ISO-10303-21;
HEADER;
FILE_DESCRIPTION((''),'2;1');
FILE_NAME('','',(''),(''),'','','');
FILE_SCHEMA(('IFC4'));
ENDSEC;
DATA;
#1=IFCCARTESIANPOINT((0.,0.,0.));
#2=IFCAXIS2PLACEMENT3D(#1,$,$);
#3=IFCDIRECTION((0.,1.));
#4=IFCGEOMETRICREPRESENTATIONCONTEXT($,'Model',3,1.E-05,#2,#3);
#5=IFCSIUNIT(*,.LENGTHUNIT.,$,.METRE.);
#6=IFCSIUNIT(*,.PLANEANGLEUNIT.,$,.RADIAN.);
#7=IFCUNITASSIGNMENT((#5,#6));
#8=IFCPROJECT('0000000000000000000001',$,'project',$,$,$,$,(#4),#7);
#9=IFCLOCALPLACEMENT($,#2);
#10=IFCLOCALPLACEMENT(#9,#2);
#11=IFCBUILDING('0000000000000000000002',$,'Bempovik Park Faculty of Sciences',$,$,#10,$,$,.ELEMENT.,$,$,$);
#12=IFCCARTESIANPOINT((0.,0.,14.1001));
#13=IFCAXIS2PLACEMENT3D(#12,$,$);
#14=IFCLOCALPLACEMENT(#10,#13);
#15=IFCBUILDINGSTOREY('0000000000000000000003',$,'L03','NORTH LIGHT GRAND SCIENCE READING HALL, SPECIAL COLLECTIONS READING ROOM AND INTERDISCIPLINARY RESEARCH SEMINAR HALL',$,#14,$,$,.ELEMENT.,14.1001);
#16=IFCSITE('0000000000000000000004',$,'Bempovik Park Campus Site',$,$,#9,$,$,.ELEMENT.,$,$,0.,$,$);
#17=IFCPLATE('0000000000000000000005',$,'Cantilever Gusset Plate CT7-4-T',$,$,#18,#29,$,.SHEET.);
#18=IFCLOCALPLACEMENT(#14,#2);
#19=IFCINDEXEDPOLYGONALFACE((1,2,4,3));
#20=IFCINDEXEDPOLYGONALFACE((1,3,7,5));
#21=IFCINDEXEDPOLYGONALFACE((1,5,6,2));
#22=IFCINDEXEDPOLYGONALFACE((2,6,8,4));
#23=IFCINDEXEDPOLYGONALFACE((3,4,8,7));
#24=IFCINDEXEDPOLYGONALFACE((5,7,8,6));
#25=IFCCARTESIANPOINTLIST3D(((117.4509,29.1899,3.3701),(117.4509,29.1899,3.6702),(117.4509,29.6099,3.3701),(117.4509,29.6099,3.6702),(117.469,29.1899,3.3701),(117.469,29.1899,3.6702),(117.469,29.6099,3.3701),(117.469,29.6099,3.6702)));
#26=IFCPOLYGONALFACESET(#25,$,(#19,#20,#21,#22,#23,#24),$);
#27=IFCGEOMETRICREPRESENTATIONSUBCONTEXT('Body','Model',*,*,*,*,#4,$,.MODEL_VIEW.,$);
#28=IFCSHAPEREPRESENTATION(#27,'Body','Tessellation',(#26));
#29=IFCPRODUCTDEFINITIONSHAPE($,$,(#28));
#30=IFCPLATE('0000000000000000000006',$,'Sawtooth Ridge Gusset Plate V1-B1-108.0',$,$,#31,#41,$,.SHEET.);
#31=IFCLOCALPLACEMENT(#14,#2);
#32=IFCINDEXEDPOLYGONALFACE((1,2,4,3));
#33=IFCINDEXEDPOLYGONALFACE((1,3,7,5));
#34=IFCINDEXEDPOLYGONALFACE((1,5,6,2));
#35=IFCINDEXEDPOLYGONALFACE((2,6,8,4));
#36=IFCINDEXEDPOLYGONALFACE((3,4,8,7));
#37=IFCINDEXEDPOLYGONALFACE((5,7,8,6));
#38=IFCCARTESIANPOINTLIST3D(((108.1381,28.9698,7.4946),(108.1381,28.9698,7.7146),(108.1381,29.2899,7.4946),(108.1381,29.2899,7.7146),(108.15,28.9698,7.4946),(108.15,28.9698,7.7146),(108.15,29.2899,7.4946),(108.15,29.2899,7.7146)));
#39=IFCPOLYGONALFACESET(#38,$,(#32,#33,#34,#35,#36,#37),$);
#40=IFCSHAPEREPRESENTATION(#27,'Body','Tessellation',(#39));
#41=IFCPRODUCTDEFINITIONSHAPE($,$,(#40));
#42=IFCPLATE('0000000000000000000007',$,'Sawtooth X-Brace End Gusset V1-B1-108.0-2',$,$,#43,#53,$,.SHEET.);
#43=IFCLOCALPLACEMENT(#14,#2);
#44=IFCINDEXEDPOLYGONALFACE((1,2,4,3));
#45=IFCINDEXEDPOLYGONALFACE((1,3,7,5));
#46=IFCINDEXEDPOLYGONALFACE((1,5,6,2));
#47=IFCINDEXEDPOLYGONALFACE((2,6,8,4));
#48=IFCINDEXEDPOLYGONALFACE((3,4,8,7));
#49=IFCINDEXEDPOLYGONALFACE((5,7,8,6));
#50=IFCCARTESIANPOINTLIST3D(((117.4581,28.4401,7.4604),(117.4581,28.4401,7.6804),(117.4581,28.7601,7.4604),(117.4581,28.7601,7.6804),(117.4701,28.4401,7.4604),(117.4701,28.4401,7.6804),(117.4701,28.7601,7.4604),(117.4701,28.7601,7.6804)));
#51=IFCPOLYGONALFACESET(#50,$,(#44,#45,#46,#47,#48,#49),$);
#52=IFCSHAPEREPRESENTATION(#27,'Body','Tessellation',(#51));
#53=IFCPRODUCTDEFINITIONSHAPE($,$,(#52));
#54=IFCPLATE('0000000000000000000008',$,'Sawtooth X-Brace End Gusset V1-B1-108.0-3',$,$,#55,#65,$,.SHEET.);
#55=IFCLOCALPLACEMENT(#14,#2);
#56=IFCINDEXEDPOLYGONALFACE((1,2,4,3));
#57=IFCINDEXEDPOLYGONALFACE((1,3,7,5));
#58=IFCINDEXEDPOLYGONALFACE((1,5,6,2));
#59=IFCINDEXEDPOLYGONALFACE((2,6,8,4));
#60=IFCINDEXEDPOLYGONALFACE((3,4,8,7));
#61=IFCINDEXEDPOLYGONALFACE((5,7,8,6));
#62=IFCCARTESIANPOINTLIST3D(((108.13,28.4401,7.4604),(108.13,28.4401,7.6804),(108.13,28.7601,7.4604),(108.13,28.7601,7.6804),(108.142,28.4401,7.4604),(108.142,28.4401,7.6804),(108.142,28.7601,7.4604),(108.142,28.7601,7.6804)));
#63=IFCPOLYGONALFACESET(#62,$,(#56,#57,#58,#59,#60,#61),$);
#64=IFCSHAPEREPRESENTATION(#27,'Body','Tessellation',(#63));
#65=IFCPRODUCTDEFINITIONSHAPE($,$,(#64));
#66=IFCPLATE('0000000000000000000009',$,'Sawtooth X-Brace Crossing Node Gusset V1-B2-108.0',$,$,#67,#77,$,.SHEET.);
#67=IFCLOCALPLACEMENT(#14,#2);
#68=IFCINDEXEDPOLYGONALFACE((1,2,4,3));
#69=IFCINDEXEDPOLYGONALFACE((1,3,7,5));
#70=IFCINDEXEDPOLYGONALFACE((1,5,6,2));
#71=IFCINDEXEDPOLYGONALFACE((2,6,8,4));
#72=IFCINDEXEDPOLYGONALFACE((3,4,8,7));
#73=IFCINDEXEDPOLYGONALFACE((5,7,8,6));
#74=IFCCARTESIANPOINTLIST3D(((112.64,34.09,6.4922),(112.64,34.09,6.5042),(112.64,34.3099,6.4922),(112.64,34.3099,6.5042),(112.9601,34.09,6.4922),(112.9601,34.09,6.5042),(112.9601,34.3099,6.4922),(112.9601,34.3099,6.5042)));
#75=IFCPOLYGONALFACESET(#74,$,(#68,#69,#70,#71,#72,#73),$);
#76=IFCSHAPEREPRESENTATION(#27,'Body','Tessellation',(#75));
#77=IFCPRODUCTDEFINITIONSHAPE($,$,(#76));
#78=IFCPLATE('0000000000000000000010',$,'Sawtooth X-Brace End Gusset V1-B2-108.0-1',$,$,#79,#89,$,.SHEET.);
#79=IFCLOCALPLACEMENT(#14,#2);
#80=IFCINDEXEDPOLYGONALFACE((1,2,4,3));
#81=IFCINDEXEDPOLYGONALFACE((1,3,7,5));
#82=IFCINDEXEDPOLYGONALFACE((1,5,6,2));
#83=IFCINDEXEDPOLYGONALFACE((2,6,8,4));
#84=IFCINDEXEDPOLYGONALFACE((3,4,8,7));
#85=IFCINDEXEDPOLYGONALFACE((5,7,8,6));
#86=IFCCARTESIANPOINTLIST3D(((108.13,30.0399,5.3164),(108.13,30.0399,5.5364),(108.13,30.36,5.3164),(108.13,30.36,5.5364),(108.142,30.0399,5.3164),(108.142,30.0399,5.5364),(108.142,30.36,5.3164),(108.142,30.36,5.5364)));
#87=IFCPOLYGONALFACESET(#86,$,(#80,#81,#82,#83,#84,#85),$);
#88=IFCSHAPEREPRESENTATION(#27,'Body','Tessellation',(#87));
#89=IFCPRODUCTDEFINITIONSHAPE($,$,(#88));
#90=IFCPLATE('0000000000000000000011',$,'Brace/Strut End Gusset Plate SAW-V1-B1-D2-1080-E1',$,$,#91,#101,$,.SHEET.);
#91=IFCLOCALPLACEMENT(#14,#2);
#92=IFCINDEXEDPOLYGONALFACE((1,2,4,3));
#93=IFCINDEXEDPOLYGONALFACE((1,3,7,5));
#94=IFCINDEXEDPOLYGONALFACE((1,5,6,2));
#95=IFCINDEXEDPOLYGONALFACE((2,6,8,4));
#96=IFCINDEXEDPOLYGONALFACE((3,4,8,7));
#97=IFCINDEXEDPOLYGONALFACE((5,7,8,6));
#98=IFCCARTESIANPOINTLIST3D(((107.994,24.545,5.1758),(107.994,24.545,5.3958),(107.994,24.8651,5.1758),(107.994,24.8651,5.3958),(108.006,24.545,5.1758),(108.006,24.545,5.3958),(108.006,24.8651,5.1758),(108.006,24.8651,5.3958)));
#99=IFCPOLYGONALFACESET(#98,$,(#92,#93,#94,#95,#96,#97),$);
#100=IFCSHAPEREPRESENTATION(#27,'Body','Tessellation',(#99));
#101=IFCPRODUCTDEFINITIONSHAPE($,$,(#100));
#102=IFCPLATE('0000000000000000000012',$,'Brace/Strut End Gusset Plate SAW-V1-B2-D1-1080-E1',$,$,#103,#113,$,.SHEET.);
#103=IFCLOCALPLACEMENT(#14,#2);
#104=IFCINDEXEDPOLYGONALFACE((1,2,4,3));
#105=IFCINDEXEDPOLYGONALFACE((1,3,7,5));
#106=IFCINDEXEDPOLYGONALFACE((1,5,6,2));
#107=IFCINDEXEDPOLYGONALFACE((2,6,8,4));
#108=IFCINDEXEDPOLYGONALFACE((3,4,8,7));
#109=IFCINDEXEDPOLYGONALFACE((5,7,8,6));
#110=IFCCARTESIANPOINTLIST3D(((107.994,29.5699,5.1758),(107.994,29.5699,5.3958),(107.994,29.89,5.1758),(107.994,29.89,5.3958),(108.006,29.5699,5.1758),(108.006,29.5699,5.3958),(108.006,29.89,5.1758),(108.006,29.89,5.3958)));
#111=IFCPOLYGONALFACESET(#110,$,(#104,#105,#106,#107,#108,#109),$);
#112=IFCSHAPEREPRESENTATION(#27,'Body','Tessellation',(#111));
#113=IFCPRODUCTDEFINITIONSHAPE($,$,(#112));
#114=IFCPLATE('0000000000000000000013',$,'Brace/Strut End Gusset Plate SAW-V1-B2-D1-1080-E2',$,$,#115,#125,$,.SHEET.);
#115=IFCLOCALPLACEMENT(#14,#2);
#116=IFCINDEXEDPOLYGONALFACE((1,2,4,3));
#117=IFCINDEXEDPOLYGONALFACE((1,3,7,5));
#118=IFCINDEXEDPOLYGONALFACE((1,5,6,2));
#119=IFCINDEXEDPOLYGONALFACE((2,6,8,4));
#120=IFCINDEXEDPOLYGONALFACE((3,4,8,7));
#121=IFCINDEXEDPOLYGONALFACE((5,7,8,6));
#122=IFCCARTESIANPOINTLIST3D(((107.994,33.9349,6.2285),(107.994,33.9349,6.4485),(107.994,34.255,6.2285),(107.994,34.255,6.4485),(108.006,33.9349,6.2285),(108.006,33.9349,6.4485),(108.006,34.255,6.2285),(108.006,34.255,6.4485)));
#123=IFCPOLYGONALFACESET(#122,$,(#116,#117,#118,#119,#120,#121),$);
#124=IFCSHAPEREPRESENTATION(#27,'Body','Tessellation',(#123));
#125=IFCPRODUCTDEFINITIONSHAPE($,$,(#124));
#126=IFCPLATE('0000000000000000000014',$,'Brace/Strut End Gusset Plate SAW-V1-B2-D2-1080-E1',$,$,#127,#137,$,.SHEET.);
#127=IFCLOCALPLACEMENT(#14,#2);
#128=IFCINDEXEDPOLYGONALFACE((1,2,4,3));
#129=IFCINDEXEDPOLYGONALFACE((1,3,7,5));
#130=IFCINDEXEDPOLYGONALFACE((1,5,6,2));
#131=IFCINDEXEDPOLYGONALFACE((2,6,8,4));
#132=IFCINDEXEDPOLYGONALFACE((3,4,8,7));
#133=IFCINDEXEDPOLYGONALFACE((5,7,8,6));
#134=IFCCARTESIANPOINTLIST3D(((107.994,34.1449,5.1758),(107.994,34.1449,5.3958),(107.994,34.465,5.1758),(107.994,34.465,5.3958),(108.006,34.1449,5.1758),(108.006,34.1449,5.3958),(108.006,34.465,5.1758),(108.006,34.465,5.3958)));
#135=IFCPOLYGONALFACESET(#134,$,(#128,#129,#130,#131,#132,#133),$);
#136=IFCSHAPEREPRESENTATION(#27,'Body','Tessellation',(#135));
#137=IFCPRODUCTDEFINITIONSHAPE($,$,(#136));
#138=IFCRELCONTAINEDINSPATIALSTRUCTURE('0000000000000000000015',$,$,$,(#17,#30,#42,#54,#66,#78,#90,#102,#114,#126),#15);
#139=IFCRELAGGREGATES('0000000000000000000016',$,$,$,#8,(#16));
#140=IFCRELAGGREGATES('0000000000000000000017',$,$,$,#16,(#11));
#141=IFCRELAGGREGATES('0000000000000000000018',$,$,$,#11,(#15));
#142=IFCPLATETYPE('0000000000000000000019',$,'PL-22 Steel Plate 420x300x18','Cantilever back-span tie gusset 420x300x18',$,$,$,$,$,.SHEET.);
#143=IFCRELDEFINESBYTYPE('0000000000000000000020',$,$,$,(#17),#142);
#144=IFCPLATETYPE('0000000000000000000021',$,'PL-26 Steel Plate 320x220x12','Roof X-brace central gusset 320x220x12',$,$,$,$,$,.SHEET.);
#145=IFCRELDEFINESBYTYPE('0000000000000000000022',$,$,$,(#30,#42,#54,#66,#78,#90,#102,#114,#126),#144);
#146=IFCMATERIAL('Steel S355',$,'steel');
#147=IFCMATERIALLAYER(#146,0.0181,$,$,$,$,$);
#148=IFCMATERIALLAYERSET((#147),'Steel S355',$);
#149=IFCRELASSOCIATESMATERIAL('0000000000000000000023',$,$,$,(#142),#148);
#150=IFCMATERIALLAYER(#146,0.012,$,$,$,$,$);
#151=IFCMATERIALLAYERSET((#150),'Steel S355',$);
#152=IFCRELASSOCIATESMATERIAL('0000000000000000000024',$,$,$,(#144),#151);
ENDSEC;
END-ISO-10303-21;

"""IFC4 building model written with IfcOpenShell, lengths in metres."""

from ifc_helpers import new_model, si_unit, direction, frame, origin, origin_2d, place, context, subcontext, project, spatial, rectangle, extrude, material, layer, layer_set, type_object, element, save


model = new_model("IFC4")

# Units and contexts
model_context = context("Model", 3, precision=1e-05, world=origin(), true_north=direction((0.0, 1.0)))
body_context = subcontext(model_context, "Body", "Model", "MODEL_VIEW")
ifc_project = project(units=[si_unit("LENGTHUNIT", "METRE"), si_unit("PLANEANGLEUNIT", "RADIAN")], contexts=[model_context])

# Site, building, storey
site_placement = place(None, origin())
site = spatial("IfcSite", under=ifc_project, at=site_placement, Name="Bempovik Park Campus Site", CompositionType="ELEMENT", RefElevation=0.0)
building_placement = place(site_placement, origin())
building = spatial("IfcBuilding", under=site, at=building_placement, Name="Bempovik Park Faculty of Sciences", CompositionType="ELEMENT")
storey_placement = place(building_placement, frame((0.0, 0.0, 14.1001)))
storey = spatial("IfcBuildingStorey", under=building, at=storey_placement, Name="L03", Description="NORTH LIGHT GRAND SCIENCE READING HALL, SPECIAL COLLECTIONS READING ROOM AND INTERDISCIPLINARY RESEARCH SEMINAR HALL", CompositionType="ELEMENT", Elevation=14.1001)

# Shared definitions
ifc_material_1 = material(Name="Steel S355", Category="steel")

# Plates
ifc_layer_1 = layer(ifc_material_1, 0.0181)
ifc_layer_set_1 = layer_set([ifc_layer_1], Name="Steel S355")
plate_type_1 = type_object("IfcPlateType", Name="PL-22 Steel Plate 420x300x18", Description="Cantilever back-span tie gusset 420x300x18", PredefinedType="SHEET", material=ifc_layer_set_1)
for number, where, z_axis, x_axis, name in (
    (1, (117.46, 29.3999, 3.3701), (0.0, 0.0, 1.0), (1.0, 0.0, 0.0), "Cantilever Gusset Plate CT7-4-T"),
):
    element("IfcPlate", number, at=place(storey_placement, frame(where, z_axis=z_axis, x_axis=x_axis)), inside=storey, type_object=plate_type_1, Name=name, PredefinedType="SHEET", context=body_context, shape_type="SweptSolid", body=[
        extrude(rectangle(XDim=0.0181, YDim=0.4199, at=origin_2d()), origin(), (0.0, 0.0, 1.0), 0.3),
    ])
ifc_layer_2 = layer(ifc_material_1, 0.012)
ifc_layer_set_2 = layer_set([ifc_layer_2], Name="Steel S355")
plate_type_2 = type_object("IfcPlateType", Name="PL-26 Steel Plate 320x220x12", Description="Roof X-brace central gusset 320x220x12", PredefinedType="SHEET", material=ifc_layer_set_2)
for number, where, z_axis, x_axis, name in (
    (2, (108.144, 29.1299, 7.4946), (0.0, 0.0, 1.0), (1.0, 0.0, 0.0), "Sawtooth Ridge Gusset Plate V1-B1-108.0"),
    (3, (117.4641, 28.6001, 7.4604), (0.0, 0.0, 1.0), (1.0, 0.0, 0.0), "Sawtooth X-Brace End Gusset V1-B1-108.0-2"),
    (4, (108.136, 28.6001, 7.4604), (0.0, 0.0, 1.0), (1.0, 0.0, 0.0), "Sawtooth X-Brace End Gusset V1-B1-108.0-3"),
):
    element("IfcPlate", number, at=place(storey_placement, frame(where, z_axis=z_axis, x_axis=x_axis)), inside=storey, type_object=plate_type_2, Name=name, PredefinedType="SHEET", context=body_context, shape_type="SweptSolid", body=[
        extrude(rectangle(XDim=0.012, YDim=0.3201, at=origin_2d()), origin(), (0.0, 0.0, 1.0), 0.22),
    ])
plate_1_placement = place(storey_placement, frame((112.8, 34.2, 6.4922), z_axis=(0.0, 0.0, 1.0), x_axis=(1.0, 0.0, 0.0)))
element("IfcPlate", 5, at=plate_1_placement, inside=storey, type_object=plate_type_2, Name="Sawtooth X-Brace Crossing Node Gusset V1-B2-108.0", PredefinedType="SHEET", context=body_context, shape_type="SweptSolid", body=[
    extrude(rectangle(XDim=0.3201, YDim=0.22, at=origin_2d()), origin(), (0.0, 0.0, 1.0), 0.012),
])
for number, where, z_axis, x_axis, name in (
    (6, (108.136, 30.2, 5.3164), (0.0, 0.0, 1.0), (1.0, 0.0, 0.0), "Sawtooth X-Brace End Gusset V1-B2-108.0-1"),
    (7, (108.0, 24.7051, 5.1758), (0.0, 0.0, 1.0), (1.0, 0.0, 0.0), "Brace/Strut End Gusset Plate SAW-V1-B1-D2-1080-E1"),
    (8, (108.0, 29.73, 5.1758), (0.0, 0.0, 1.0), (1.0, 0.0, 0.0), "Brace/Strut End Gusset Plate SAW-V1-B2-D1-1080-E1"),
    (9, (108.0, 34.095, 6.2285), (0.0, 0.0, 1.0), (1.0, 0.0, 0.0), "Brace/Strut End Gusset Plate SAW-V1-B2-D1-1080-E2"),
    (10, (108.0, 34.3049, 5.1758), (0.0, 0.0, 1.0), (1.0, 0.0, 0.0), "Brace/Strut End Gusset Plate SAW-V1-B2-D2-1080-E1"),
):
    element("IfcPlate", number, at=place(storey_placement, frame(where, z_axis=z_axis, x_axis=x_axis)), inside=storey, type_object=plate_type_2, Name=name, PredefinedType="SHEET", context=body_context, shape_type="SweptSolid", body=[
        extrude(rectangle(XDim=0.012, YDim=0.3201, at=origin_2d()), origin(), (0.0, 0.0, 1.0), 0.22),
    ])

save(model, "model.ifc")
